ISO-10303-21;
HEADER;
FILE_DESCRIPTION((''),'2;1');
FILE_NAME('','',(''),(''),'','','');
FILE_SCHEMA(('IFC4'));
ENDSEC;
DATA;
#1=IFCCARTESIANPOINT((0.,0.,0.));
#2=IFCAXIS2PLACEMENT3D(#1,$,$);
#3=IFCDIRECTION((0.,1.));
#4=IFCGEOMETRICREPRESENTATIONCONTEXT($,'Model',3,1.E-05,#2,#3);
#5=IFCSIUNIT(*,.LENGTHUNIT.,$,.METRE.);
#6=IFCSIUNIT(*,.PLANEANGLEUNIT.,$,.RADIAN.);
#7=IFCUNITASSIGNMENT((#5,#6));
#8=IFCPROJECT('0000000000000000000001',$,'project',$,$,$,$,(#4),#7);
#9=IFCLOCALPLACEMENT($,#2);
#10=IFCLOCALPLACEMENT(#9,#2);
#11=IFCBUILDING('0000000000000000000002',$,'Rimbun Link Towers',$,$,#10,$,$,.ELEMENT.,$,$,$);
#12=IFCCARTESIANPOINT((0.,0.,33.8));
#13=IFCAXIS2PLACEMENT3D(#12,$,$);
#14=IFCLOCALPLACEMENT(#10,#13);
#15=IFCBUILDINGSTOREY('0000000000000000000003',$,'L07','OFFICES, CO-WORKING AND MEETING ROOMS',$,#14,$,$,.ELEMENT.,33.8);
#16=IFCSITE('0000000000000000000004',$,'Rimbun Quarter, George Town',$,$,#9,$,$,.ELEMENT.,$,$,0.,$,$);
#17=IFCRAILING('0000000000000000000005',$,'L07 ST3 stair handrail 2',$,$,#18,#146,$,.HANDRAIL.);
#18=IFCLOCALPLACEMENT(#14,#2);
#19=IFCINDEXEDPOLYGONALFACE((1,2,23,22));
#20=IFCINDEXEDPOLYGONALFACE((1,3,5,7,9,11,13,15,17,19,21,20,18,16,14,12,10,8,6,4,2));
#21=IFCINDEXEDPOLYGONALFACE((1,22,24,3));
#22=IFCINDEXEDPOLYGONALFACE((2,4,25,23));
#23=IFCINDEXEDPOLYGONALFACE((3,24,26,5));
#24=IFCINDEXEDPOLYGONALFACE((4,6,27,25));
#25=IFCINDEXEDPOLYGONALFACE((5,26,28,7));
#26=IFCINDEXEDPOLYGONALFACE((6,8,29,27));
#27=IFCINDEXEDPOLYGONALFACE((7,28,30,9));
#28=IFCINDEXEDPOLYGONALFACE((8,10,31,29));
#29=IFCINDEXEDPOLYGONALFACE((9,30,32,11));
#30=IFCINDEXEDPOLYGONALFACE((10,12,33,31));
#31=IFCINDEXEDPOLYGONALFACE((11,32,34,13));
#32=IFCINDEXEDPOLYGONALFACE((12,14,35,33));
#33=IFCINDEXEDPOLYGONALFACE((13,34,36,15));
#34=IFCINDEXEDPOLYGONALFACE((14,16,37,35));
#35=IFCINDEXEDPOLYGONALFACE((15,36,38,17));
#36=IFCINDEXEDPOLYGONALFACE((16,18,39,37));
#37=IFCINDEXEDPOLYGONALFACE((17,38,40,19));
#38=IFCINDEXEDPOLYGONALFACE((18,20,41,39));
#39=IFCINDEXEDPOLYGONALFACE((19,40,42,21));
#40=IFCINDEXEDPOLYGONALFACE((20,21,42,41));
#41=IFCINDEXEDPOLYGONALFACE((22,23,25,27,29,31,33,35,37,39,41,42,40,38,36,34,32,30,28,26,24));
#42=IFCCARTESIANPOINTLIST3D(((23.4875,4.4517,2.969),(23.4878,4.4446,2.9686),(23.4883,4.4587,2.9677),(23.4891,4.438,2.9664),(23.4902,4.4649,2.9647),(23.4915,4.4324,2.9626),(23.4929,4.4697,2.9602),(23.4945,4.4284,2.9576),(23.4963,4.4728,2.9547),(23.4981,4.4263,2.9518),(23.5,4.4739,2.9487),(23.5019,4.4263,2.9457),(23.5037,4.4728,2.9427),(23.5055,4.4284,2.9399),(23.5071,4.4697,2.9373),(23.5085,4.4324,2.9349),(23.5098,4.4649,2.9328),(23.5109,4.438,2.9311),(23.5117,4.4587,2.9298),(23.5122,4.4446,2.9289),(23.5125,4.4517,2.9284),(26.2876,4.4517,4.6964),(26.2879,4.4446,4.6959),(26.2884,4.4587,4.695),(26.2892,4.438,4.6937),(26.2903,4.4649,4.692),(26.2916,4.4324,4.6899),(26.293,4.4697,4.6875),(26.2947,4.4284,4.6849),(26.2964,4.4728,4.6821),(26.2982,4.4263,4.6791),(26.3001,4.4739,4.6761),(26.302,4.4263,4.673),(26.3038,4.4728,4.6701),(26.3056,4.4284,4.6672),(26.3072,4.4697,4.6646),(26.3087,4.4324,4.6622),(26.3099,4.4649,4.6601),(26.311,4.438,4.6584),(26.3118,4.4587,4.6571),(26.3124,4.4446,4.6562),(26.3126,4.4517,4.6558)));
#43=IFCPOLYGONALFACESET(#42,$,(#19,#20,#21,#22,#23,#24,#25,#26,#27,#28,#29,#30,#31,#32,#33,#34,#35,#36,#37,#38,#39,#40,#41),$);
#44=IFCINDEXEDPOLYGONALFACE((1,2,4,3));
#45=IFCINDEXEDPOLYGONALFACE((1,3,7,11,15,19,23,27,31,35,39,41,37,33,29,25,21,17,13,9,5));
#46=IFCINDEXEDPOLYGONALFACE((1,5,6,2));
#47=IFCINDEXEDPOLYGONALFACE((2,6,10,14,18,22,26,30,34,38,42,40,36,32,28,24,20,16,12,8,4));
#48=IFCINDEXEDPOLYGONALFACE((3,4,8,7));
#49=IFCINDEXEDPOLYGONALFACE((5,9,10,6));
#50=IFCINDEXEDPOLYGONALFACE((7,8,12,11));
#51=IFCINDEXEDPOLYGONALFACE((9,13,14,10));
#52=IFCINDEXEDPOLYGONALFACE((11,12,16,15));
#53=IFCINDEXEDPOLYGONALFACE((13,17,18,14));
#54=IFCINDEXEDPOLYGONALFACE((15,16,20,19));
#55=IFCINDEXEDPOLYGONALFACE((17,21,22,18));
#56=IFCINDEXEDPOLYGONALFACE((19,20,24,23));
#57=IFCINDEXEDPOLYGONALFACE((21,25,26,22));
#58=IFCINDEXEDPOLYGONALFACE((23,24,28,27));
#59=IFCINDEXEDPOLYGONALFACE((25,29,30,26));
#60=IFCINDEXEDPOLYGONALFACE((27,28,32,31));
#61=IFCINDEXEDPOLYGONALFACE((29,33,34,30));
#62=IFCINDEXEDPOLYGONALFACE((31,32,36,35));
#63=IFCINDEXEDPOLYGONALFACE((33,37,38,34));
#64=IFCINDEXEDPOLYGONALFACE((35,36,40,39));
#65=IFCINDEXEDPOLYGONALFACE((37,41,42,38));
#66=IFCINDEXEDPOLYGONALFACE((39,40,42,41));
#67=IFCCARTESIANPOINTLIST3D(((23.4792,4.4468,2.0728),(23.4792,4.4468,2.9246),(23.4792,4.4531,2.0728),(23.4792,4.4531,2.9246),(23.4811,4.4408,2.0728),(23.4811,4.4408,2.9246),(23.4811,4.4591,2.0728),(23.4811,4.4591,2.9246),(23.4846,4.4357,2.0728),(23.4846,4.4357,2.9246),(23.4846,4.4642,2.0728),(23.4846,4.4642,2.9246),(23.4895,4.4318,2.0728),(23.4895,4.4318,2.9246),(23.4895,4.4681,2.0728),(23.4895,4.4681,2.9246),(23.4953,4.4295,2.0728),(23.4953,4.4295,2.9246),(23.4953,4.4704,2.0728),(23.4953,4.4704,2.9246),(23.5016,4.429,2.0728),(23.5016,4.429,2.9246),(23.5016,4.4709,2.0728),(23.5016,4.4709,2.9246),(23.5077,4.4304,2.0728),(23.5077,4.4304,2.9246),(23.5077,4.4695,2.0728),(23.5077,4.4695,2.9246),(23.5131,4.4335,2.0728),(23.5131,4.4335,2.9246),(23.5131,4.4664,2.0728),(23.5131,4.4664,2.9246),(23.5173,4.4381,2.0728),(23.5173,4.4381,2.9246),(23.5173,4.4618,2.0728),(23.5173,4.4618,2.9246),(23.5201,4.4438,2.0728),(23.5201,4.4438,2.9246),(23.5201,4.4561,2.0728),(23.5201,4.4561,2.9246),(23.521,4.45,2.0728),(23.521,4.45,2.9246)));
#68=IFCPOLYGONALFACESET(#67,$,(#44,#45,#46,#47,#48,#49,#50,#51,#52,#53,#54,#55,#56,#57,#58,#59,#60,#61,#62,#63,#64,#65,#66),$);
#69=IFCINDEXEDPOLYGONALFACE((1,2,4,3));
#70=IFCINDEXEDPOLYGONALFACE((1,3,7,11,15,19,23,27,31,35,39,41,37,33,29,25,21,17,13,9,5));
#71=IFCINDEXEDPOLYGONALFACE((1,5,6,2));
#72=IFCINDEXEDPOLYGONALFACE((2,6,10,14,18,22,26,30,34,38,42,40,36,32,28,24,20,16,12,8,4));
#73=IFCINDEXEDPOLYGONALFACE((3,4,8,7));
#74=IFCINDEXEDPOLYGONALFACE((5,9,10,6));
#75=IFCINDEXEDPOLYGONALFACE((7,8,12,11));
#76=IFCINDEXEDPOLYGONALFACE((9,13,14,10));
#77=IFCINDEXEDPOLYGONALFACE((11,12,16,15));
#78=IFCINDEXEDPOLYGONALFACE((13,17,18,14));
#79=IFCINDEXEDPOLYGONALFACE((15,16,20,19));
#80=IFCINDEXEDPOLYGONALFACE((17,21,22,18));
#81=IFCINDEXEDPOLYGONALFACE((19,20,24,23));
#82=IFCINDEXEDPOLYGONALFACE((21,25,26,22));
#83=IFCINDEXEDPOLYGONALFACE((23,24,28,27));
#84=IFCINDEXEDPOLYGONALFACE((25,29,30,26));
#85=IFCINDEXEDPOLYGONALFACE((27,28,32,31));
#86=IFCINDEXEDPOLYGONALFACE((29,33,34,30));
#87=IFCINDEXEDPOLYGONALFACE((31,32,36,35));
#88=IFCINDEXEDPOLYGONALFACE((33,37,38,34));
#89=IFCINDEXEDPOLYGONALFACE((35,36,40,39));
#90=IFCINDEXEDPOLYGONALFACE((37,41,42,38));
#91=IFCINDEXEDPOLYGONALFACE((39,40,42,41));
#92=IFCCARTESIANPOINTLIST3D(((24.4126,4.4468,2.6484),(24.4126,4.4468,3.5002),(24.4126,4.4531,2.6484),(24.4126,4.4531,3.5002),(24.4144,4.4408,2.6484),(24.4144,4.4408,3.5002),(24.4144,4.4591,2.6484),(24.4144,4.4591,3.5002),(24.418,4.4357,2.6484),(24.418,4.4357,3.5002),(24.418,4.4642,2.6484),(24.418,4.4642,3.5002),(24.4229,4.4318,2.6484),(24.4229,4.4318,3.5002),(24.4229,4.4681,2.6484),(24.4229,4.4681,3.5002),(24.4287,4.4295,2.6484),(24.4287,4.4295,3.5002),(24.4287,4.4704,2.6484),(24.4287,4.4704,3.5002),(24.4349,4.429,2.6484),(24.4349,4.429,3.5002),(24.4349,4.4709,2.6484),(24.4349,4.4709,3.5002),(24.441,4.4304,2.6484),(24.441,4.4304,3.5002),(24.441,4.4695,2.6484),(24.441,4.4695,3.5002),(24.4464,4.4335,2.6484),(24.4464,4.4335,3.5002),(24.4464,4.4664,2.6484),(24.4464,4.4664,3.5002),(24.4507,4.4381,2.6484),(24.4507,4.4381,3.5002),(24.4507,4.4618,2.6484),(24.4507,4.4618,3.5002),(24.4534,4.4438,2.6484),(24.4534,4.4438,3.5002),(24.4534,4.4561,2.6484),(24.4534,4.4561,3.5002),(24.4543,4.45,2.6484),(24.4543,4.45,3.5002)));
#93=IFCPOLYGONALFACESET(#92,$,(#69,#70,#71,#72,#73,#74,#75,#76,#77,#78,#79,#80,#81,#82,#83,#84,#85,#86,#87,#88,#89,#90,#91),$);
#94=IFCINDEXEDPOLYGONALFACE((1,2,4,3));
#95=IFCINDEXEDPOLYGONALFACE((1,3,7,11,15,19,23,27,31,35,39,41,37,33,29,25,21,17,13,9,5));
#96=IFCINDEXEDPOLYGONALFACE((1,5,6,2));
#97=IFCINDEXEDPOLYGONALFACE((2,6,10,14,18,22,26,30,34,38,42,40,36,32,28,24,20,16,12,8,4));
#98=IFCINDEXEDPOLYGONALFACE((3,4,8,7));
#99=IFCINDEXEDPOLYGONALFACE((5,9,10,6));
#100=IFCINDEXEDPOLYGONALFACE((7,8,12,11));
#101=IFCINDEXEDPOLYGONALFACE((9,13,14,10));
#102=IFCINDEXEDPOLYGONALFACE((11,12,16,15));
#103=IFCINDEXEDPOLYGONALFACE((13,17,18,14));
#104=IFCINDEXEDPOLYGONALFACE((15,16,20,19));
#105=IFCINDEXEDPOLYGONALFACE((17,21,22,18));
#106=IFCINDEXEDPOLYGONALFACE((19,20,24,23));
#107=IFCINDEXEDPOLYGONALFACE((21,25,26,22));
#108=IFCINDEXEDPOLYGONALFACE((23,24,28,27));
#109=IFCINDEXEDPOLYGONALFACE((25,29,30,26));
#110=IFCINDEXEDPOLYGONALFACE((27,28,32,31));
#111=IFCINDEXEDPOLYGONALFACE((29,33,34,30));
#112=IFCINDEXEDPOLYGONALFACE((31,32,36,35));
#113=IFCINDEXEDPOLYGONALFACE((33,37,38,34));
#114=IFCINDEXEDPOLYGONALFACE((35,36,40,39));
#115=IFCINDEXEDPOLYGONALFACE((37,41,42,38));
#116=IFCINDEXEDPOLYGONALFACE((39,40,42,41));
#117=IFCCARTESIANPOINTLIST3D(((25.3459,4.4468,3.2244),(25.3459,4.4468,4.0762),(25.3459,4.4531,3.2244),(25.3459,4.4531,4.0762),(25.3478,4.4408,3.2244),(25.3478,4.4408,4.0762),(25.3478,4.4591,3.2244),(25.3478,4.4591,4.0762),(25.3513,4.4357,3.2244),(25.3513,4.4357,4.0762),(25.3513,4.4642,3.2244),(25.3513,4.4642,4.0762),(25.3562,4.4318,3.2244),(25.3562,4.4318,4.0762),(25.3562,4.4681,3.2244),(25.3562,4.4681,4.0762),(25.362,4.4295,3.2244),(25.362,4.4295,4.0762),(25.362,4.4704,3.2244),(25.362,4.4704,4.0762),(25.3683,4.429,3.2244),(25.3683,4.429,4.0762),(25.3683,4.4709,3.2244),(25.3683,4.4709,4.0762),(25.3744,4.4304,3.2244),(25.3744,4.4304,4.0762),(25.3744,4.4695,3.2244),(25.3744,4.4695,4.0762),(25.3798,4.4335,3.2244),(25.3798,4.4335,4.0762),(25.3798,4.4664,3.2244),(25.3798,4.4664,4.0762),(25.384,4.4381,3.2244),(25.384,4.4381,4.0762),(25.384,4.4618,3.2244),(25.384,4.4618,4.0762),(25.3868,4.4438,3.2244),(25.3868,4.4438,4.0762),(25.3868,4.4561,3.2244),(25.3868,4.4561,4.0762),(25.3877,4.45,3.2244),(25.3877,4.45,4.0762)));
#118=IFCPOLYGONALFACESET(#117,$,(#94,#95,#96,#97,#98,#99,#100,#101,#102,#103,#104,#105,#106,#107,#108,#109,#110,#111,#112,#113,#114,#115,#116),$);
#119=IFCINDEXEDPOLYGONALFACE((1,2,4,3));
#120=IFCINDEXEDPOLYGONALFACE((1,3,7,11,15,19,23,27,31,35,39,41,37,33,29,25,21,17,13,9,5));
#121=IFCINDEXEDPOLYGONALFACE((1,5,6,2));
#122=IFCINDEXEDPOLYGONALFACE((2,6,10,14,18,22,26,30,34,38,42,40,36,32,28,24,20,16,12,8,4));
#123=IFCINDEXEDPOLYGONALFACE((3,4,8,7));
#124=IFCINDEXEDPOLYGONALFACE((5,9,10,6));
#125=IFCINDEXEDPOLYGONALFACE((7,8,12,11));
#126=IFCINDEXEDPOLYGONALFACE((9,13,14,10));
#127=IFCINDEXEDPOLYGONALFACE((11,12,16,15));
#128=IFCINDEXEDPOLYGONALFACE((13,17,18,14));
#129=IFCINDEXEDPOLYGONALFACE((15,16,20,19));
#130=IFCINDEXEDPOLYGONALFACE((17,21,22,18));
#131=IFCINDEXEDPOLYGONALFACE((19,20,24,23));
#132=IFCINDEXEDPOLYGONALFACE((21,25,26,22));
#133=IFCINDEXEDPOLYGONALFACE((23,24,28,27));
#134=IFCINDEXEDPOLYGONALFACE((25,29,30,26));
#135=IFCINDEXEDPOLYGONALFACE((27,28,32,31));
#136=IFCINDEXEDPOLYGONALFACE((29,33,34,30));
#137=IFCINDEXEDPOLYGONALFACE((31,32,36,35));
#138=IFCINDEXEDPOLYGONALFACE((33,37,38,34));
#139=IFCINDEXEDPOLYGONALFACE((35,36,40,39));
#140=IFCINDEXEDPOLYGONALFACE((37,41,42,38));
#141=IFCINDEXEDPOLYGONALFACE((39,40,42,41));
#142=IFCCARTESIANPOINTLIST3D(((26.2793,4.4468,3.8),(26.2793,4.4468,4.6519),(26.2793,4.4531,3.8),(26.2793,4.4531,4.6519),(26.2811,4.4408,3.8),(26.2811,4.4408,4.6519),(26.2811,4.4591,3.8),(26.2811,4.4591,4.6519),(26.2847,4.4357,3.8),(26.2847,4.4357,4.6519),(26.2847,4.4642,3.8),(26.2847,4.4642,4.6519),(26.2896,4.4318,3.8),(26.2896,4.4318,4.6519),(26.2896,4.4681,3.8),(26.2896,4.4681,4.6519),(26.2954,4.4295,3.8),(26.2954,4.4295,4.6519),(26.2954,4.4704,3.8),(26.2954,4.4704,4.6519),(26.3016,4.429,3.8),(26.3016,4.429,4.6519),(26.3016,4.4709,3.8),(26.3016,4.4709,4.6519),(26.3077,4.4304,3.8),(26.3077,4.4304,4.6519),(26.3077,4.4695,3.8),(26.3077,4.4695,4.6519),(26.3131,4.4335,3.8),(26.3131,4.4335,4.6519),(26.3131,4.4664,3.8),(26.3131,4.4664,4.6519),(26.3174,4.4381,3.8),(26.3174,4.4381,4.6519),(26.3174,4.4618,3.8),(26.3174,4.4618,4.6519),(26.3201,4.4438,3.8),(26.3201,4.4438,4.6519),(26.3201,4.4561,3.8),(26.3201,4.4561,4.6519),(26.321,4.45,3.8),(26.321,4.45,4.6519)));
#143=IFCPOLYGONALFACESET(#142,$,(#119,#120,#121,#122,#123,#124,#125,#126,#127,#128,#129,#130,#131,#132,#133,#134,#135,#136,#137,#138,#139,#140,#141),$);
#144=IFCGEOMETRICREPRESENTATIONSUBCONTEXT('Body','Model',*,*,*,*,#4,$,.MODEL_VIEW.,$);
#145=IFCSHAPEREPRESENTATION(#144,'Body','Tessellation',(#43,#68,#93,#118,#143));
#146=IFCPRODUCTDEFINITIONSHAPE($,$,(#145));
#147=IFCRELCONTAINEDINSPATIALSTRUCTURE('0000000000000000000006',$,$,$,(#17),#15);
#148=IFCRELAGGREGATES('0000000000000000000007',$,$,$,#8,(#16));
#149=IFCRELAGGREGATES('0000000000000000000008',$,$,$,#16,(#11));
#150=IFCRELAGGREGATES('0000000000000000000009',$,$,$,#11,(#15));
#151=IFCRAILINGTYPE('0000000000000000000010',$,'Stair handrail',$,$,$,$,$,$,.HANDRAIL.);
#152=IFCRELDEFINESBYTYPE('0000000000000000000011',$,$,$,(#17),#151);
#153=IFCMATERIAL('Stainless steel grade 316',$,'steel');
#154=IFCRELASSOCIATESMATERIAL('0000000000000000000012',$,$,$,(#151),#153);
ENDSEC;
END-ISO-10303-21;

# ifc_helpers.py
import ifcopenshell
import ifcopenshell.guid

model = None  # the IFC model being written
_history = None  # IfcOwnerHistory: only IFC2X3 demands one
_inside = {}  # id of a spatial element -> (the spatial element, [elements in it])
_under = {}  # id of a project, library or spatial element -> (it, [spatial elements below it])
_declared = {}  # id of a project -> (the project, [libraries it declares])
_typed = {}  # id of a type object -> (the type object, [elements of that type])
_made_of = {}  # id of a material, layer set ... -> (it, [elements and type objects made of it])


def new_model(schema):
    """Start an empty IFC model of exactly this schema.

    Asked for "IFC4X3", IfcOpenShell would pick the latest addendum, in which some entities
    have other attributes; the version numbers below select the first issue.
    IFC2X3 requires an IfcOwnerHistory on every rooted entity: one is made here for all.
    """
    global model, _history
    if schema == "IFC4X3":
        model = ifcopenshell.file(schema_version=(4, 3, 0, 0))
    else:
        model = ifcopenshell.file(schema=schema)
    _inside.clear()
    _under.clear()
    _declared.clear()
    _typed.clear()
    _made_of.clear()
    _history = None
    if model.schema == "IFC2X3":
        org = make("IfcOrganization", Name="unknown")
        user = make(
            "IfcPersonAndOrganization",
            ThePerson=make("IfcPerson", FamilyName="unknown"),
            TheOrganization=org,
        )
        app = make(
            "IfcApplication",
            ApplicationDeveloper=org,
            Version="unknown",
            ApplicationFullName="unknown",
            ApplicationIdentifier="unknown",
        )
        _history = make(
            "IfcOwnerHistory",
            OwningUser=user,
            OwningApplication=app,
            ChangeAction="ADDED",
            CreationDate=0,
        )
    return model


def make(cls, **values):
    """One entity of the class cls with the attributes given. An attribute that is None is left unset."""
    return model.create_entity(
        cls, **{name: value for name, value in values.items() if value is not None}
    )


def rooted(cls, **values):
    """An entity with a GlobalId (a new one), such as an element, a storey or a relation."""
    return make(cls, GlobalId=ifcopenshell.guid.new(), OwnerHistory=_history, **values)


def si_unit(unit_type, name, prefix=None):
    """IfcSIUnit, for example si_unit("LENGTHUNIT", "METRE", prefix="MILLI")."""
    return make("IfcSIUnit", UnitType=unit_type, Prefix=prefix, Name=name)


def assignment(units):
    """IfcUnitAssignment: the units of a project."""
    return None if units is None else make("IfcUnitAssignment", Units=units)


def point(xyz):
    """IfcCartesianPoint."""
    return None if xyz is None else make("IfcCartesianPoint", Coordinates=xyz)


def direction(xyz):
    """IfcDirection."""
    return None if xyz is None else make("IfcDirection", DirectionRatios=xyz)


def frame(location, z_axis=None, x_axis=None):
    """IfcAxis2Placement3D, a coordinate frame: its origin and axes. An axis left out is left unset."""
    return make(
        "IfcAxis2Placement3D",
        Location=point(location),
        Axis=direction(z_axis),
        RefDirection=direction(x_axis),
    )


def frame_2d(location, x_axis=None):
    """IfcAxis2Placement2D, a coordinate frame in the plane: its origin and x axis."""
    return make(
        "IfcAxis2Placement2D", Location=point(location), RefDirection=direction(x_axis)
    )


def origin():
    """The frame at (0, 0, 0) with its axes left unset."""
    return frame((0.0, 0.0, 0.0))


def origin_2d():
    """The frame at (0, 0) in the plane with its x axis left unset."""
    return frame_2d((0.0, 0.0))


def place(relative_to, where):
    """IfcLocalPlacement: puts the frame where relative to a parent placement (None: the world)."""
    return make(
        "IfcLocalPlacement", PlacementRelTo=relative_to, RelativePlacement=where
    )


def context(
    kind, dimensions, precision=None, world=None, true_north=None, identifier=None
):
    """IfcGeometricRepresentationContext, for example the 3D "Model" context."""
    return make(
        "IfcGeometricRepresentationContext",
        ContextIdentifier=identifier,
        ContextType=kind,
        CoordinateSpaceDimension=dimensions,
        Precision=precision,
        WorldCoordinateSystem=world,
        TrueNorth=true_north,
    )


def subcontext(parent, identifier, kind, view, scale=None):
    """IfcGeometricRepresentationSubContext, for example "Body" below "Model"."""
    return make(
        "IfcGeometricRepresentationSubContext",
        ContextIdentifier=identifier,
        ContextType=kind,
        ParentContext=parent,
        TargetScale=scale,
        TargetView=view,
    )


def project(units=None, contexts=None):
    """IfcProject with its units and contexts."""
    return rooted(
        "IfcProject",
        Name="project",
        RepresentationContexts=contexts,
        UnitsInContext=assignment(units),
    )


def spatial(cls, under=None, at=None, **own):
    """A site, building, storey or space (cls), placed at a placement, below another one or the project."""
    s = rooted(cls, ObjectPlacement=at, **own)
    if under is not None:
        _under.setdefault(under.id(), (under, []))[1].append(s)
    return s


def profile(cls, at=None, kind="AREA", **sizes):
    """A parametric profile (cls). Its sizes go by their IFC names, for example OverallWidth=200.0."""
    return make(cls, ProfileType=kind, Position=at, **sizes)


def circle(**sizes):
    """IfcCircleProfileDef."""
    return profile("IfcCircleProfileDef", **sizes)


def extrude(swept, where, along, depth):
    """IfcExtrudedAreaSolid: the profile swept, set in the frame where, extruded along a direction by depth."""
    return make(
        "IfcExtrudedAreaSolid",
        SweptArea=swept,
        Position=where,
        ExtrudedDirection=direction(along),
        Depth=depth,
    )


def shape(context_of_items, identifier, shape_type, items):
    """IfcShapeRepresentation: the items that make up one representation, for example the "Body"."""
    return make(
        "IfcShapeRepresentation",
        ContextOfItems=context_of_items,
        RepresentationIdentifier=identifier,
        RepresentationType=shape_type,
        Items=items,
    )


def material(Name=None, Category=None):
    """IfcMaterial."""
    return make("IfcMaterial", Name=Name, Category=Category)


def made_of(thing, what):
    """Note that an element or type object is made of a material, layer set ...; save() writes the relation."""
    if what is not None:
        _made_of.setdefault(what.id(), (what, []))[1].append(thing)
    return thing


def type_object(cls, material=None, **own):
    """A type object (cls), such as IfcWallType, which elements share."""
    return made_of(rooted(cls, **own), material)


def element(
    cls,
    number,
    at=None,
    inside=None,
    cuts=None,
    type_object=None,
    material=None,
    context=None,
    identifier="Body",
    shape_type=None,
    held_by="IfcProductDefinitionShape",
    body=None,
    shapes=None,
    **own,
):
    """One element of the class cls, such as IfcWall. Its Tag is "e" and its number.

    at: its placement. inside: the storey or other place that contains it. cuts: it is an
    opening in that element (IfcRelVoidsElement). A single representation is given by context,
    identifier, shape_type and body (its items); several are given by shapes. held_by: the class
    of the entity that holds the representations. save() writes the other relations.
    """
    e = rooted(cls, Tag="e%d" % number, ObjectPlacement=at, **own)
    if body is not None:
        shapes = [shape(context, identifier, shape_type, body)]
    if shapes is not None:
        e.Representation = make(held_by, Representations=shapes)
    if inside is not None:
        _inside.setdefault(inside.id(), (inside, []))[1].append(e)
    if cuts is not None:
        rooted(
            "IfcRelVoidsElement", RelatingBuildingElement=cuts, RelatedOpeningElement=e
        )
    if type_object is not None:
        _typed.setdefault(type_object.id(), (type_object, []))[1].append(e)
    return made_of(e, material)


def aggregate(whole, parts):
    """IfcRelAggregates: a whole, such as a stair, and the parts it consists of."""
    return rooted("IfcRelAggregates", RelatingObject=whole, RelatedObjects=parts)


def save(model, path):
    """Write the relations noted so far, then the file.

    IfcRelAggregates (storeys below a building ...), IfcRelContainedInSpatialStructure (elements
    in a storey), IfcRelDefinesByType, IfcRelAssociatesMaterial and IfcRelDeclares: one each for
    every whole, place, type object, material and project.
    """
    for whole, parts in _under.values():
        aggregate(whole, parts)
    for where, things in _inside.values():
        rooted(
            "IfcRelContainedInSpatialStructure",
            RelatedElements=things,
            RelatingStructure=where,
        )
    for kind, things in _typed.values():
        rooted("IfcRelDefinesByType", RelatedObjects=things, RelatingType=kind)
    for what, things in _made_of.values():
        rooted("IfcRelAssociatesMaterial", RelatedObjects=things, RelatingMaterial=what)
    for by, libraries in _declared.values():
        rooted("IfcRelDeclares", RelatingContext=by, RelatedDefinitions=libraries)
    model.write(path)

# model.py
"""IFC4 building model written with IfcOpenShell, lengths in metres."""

from ifc_helpers import new_model, si_unit, direction, frame, origin, origin_2d, place, context, subcontext, project, spatial, circle, extrude, material, type_object, element, save


model = new_model("IFC4")

# Units and contexts
model_context = context("Model", 3, precision=1e-05, world=origin(), true_north=direction((0.0, 1.0)))
body_context = subcontext(model_context, "Body", "Model", "MODEL_VIEW")
ifc_project = project(units=[si_unit("LENGTHUNIT", "METRE"), si_unit("PLANEANGLEUNIT", "RADIAN")], contexts=[model_context])

# Site, building, storey
site_placement = place(None, origin())
site = spatial("IfcSite", under=ifc_project, at=site_placement, Name="Rimbun Quarter, George Town", CompositionType="ELEMENT", RefElevation=0.0)
building_placement = place(site_placement, origin())
building = spatial("IfcBuilding", under=site, at=building_placement, Name="Rimbun Link Towers", CompositionType="ELEMENT")
storey_placement = place(building_placement, frame((0.0, 0.0, 33.8)))
storey = spatial("IfcBuildingStorey", under=building, at=storey_placement, Name="L07", Description="OFFICES, CO-WORKING AND MEETING ROOMS", CompositionType="ELEMENT", Elevation=33.8)

# Railing
ifc_material_1 = material(Name="Stainless steel grade 316", Category="steel")
railing_type_1 = type_object("IfcRailingType", Name="Stair handrail", PredefinedType="HANDRAIL", material=ifc_material_1)
railing_1_placement = place(storey_placement, frame((23.5, 4.45, 2.0728)))
element("IfcRailing", 1, at=railing_1_placement, inside=storey, type_object=railing_type_1, Name="L07 ST3 stair handrail 2", PredefinedType="HANDRAIL", context=body_context, shape_type="SweptSolid", body=[
    extrude(circle(Radius=0.0239, at=origin_2d()), frame((0.0, 0.0, 0.876), z_axis=(0.85109, 0.0, 0.52502), x_axis=(0.0, 1.0, 0.0)), (0.0, 0.0, 1.0), 3.29),
    extrude(circle(Radius=0.021, at=origin_2d()), origin(), (0.0, 0.0, 1.0), 0.8518),
    extrude(circle(Radius=0.021, at=origin_2d()), frame((0.9333, 0.0, 0.5757)), (0.0, 0.0, 1.0), 0.8518),
    extrude(circle(Radius=0.021, at=origin_2d()), frame((1.8667, 0.0, 1.1516)), (0.0, 0.0, 1.0), 0.8518),
    extrude(circle(Radius=0.021, at=origin_2d()), frame((2.8, 0.0, 1.7273)), (0.0, 0.0, 1.0), 0.8518),
])

save(model, "model.ifc")
